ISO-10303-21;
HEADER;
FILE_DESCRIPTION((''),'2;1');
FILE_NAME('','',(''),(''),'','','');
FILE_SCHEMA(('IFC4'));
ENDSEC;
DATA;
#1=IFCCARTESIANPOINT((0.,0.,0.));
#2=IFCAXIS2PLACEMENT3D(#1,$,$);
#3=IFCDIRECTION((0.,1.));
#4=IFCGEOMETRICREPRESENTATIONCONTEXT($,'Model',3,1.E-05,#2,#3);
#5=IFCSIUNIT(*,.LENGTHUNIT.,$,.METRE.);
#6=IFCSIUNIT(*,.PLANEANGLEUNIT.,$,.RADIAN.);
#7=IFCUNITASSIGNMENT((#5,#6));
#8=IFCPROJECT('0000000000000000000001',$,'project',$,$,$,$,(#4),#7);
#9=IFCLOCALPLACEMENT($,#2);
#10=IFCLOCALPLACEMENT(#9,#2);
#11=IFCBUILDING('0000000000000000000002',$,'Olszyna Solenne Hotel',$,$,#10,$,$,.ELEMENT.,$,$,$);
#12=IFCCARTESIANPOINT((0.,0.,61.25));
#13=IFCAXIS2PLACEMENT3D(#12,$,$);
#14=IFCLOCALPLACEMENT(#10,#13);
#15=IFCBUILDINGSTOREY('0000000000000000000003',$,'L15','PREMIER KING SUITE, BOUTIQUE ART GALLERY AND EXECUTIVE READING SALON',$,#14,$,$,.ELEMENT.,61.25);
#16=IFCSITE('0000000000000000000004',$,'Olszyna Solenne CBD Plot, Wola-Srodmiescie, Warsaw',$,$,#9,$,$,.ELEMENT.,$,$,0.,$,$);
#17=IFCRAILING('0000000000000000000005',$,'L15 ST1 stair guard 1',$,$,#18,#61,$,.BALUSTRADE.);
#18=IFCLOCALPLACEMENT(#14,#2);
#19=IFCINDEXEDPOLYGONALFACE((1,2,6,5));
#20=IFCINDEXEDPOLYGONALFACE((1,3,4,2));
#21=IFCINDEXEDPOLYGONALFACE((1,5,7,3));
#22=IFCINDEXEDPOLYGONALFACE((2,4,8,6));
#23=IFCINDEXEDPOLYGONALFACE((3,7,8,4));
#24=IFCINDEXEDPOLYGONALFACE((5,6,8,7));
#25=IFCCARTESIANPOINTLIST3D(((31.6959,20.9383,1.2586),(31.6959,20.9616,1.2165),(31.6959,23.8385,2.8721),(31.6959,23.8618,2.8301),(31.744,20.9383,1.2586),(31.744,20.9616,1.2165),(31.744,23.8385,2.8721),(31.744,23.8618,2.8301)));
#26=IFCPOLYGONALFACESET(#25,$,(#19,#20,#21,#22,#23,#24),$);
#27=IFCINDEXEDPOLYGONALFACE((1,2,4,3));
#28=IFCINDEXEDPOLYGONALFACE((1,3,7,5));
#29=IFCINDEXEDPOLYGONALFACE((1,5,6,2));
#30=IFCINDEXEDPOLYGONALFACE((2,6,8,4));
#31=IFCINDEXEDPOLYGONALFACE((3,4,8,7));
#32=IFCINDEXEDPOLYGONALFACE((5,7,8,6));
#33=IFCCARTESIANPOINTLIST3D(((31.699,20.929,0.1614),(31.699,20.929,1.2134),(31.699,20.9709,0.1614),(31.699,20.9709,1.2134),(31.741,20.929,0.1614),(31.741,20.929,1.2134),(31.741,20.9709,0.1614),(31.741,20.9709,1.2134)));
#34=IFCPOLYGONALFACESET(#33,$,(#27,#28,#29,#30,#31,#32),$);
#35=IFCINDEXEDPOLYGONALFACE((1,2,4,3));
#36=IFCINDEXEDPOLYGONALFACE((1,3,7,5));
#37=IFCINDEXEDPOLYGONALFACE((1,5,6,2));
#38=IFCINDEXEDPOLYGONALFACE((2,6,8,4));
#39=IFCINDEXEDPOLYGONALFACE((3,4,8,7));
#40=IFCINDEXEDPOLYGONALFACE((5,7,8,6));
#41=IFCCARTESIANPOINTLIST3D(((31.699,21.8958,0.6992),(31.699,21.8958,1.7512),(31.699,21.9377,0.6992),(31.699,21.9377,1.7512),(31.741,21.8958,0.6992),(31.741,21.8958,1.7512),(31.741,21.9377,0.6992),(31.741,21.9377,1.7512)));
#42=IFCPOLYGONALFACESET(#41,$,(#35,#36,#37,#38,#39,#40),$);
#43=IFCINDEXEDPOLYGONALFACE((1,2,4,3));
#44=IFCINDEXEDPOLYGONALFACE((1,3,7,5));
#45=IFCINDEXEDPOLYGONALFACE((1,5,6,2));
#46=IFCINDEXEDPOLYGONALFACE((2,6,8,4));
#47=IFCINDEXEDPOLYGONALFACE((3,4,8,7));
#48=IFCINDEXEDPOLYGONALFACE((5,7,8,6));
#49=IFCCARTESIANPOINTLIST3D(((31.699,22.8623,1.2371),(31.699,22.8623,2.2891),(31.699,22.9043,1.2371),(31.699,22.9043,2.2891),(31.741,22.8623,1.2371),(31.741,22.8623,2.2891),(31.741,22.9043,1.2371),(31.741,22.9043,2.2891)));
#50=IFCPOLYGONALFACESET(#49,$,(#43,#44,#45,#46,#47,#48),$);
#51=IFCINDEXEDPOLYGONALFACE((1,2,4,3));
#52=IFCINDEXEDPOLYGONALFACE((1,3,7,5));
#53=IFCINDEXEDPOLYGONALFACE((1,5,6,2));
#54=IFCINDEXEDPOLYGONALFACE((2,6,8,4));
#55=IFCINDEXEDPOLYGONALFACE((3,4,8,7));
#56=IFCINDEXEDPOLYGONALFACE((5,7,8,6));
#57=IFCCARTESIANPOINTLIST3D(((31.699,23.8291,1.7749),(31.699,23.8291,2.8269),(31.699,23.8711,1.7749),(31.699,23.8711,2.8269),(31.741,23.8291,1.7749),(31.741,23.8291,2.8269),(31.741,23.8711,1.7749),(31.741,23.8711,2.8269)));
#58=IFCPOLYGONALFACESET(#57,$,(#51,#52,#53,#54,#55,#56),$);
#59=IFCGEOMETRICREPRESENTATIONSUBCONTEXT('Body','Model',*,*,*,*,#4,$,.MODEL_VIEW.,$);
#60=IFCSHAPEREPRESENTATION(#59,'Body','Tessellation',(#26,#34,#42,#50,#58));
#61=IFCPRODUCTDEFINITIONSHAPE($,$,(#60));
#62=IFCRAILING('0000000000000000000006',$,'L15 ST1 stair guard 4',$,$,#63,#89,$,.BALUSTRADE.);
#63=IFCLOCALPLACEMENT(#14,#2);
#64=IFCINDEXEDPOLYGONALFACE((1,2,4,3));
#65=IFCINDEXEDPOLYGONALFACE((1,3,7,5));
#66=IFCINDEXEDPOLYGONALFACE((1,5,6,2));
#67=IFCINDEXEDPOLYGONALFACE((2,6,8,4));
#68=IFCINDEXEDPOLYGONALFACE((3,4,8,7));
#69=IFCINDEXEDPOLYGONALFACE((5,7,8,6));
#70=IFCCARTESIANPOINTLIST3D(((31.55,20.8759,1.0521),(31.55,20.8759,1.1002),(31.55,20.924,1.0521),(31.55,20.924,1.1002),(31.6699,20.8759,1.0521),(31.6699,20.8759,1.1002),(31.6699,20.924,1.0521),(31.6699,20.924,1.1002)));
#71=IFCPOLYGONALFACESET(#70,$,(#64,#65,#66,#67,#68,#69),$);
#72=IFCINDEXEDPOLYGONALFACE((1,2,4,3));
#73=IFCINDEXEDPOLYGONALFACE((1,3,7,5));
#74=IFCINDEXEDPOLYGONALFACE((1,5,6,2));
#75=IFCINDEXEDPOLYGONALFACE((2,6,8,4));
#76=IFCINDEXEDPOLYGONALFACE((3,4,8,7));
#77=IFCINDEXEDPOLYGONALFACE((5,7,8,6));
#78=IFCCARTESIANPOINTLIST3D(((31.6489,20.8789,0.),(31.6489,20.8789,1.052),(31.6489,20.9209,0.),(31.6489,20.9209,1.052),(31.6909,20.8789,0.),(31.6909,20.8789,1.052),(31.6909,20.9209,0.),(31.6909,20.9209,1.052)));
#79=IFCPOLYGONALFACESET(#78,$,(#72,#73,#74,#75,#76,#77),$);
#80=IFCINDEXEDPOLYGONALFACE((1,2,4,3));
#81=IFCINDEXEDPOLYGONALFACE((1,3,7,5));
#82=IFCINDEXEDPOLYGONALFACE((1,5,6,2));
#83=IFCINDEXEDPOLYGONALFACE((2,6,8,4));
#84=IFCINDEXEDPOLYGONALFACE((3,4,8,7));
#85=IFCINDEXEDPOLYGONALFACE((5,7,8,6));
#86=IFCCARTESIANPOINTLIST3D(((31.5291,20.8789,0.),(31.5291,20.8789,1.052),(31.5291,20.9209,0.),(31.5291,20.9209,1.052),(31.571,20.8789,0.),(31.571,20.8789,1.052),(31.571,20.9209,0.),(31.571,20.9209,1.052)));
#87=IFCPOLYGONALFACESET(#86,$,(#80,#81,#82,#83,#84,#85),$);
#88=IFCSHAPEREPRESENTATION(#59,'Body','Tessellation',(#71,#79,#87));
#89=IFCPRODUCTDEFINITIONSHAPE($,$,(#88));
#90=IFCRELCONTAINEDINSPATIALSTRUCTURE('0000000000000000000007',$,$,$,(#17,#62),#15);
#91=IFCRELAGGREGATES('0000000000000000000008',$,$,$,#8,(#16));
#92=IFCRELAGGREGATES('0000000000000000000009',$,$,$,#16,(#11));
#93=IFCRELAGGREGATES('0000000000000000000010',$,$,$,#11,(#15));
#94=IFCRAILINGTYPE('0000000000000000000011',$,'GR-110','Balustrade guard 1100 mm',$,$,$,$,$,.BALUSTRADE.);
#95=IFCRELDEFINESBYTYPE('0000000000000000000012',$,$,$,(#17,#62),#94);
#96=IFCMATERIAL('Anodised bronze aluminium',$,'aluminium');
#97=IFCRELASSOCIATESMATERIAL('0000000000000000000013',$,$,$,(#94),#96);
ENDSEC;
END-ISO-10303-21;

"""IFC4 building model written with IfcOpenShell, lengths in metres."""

from ifc_helpers import new_model, si_unit, direction, frame, origin, origin_2d, place, context, subcontext, project, spatial, rectangle, extrude, material, type_object, element, save


model = new_model("IFC4")

# Units and contexts
model_context = context("Model", 3, precision=1e-05, world=origin(), true_north=direction((0.0, 1.0)))
body_context = subcontext(model_context, "Body", "Model", "MODEL_VIEW")
ifc_project = project(units=[si_unit("LENGTHUNIT", "METRE"), si_unit("PLANEANGLEUNIT", "RADIAN")], contexts=[model_context])

# Site, building, storey
site_placement = place(None, origin())
site = spatial("IfcSite", under=ifc_project, at=site_placement, Name="Olszyna Solenne CBD Plot, Wola-Srodmiescie, Warsaw", CompositionType="ELEMENT", RefElevation=0.0)
building_placement = place(site_placement, origin())
building = spatial("IfcBuilding", under=site, at=building_placement, Name="Olszyna Solenne Hotel", CompositionType="ELEMENT")
storey_placement = place(building_placement, frame((0.0, 0.0, 61.25)))
storey = spatial("IfcBuildingStorey", under=building, at=storey_placement, Name="L15", Description="PREMIER KING SUITE, BOUTIQUE ART GALLERY AND EXECUTIVE READING SALON", CompositionType="ELEMENT", Elevation=61.25)

# Railings
ifc_material_1 = material(Name="Anodised bronze aluminium", Category="aluminium")
railing_type = type_object("IfcRailingType", Name="GR-110", Description="Balustrade guard 1100 mm", PredefinedType="BALUSTRADE", material=ifc_material_1)
railing_1_placement = place(storey_placement, frame((31.72, 20.95, 0.1614)))
element("IfcRailing", 1, at=railing_1_placement, inside=storey, type_object=railing_type, Name="L15 ST1 stair guard 1", PredefinedType="BALUSTRADE", context=body_context, shape_type="SweptSolid", body=[
    extrude(rectangle(XDim=0.0481, YDim=0.0481, at=origin_2d()), frame((0.0, 0.0, 1.0762), z_axis=(0.0, 0.873859, 0.48618), x_axis=(-1.0, 0.0, 0.0)), (0.0, 0.0, 1.0), 3.3188),
    extrude(rectangle(XDim=0.042, YDim=0.042, at=origin_2d()), origin(), (0.0, 0.0, 1.0), 1.052),
    extrude(rectangle(XDim=0.042, YDim=0.042, at=origin_2d()), frame((0.0, 0.9668, 0.5378)), (0.0, 0.0, 1.0), 1.052),
    extrude(rectangle(XDim=0.042, YDim=0.042, at=origin_2d()), frame((0.0, 1.9333, 1.0757)), (0.0, 0.0, 1.0), 1.052),
    extrude(rectangle(XDim=0.042, YDim=0.042, at=origin_2d()), frame((0.0, 2.9001, 1.6135)), (0.0, 0.0, 1.0), 1.052),
])
railing_2_placement = place(storey_placement, frame((31.6699, 20.8999, 0.0)))
element("IfcRailing", 2, at=railing_2_placement, inside=storey, type_object=railing_type, Name="L15 ST1 stair guard 4", PredefinedType="BALUSTRADE", context=body_context, shape_type="SweptSolid", body=[
    extrude(rectangle(XDim=0.0481, YDim=0.0481, at=origin_2d()), frame((0.0, 0.0, 1.0762), z_axis=(-1.0, 0.0, 0.0), x_axis=(0.0, -1.0, 0.0)), (0.0, 0.0, 1.0), 0.1199),
    extrude(rectangle(XDim=0.042, YDim=0.042, at=origin_2d()), origin(), (0.0, 0.0, 1.0), 1.052),
    extrude(rectangle(XDim=0.042, YDim=0.042, at=origin_2d()), frame((-0.1199, 0.0, 0.0)), (0.0, 0.0, 1.0), 1.052),
])

save(model, "model.ifc")
